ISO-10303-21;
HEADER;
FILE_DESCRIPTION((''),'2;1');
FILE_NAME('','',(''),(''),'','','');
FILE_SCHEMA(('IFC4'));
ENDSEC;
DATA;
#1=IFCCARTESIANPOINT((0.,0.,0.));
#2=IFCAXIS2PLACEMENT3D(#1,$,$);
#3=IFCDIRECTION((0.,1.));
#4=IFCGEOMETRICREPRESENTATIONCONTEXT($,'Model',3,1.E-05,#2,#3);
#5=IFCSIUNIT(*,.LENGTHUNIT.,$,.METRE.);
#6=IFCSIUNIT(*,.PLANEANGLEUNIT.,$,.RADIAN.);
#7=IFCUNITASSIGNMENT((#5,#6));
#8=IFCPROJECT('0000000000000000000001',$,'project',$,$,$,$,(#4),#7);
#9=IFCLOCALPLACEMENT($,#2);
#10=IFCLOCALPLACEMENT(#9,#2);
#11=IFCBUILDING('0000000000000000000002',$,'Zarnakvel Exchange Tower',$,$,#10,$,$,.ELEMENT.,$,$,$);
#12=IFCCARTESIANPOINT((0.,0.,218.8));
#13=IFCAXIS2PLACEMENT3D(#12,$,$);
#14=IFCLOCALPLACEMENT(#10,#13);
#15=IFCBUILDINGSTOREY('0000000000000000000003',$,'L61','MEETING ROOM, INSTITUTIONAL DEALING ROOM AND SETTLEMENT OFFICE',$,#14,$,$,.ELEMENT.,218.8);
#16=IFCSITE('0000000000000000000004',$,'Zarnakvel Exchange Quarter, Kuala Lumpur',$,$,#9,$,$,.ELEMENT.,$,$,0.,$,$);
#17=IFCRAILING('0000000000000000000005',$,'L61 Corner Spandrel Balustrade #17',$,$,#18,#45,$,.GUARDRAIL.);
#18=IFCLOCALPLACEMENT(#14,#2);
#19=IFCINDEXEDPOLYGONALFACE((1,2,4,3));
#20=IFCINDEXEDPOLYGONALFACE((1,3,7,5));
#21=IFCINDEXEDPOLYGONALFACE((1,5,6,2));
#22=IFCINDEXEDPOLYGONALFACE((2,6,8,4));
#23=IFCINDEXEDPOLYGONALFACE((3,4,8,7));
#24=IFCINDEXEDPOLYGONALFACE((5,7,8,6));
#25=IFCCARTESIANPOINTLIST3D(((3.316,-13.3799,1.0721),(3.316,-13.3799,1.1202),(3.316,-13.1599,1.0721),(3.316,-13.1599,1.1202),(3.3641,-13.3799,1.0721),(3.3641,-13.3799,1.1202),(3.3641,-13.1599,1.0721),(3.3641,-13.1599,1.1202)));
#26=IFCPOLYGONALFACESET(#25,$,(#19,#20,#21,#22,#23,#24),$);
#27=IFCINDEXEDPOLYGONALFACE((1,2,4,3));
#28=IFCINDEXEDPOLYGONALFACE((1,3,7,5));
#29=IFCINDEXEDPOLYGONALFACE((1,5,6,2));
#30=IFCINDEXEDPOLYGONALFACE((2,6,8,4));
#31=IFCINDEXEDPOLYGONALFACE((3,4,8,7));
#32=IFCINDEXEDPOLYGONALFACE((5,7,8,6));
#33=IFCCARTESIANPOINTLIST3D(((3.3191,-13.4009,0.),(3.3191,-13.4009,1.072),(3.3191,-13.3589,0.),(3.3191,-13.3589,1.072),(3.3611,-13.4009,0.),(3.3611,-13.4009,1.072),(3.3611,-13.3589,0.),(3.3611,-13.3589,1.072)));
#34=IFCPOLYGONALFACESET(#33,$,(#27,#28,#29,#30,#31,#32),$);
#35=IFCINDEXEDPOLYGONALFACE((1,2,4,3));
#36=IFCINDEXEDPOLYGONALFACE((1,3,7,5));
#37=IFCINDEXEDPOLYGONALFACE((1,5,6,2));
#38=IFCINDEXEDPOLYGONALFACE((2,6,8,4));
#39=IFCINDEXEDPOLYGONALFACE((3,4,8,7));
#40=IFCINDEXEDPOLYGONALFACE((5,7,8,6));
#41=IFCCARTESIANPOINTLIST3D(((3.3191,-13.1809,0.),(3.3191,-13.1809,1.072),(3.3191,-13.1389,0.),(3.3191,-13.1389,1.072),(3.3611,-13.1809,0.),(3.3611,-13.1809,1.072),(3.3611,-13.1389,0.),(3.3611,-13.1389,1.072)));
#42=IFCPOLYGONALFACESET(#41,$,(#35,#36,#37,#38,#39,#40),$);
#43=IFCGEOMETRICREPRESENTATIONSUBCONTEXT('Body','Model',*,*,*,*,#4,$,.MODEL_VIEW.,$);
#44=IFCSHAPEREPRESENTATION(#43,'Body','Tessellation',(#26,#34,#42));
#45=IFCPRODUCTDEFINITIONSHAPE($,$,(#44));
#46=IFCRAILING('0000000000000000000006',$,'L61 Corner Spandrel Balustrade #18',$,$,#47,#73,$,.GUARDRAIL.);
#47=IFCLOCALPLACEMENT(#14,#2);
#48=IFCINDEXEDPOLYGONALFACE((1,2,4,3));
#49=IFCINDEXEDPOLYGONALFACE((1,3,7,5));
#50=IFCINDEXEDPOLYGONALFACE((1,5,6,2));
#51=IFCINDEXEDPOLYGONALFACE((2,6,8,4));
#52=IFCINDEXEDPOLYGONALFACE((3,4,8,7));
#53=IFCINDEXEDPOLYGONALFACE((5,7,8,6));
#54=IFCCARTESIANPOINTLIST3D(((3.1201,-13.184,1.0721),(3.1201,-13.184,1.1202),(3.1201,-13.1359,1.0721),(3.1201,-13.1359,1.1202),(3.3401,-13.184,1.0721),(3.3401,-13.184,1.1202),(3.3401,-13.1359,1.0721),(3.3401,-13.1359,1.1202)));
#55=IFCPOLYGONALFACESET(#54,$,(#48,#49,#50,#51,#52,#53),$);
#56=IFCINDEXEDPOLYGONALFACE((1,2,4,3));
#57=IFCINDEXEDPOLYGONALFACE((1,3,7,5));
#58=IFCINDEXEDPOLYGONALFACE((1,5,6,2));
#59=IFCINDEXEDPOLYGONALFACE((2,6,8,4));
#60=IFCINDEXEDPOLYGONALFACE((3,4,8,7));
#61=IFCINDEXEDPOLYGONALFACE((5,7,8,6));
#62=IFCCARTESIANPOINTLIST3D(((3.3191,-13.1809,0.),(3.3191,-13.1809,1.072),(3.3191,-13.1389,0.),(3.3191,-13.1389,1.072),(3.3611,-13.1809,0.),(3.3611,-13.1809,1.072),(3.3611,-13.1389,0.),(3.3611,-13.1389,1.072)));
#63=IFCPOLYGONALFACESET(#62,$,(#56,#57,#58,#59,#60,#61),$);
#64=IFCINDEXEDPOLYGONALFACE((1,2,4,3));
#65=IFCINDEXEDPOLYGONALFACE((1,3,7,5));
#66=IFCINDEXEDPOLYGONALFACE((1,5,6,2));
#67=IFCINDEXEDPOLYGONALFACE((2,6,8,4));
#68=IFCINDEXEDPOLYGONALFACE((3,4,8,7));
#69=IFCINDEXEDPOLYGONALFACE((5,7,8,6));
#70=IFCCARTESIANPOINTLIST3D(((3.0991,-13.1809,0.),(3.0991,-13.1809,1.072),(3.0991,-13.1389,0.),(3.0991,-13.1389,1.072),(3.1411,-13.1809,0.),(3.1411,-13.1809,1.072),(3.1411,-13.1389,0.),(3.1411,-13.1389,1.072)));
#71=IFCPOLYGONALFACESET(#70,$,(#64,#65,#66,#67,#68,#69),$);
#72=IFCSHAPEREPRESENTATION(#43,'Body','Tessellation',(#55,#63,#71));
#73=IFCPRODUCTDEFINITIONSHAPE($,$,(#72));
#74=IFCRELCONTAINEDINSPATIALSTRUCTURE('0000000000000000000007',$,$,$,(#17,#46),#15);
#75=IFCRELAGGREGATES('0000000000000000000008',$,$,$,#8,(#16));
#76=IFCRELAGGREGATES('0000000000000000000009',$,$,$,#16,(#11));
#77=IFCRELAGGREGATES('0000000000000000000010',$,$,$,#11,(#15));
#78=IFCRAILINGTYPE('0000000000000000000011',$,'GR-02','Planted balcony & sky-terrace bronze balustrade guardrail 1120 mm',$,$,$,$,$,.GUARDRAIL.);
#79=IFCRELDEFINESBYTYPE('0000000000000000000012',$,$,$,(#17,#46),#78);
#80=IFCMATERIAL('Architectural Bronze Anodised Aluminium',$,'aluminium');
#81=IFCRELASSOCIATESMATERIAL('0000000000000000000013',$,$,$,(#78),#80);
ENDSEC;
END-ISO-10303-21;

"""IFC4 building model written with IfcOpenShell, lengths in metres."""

from ifc_helpers import new_model, si_unit, direction, frame, origin, origin_2d, place, context, subcontext, project, spatial, rectangle, extrude, material, type_object, element, save


model = new_model("IFC4")

# Units and contexts
model_context = context("Model", 3, precision=1e-05, world=origin(), true_north=direction((0.0, 1.0)))
body_context = subcontext(model_context, "Body", "Model", "MODEL_VIEW")
ifc_project = project(units=[si_unit("LENGTHUNIT", "METRE"), si_unit("PLANEANGLEUNIT", "RADIAN")], contexts=[model_context])

# Site, building, storey
site_placement = place(None, origin())
site = spatial("IfcSite", under=ifc_project, at=site_placement, Name="Zarnakvel Exchange Quarter, Kuala Lumpur", CompositionType="ELEMENT", RefElevation=0.0)
building_placement = place(site_placement, origin())
building = spatial("IfcBuilding", under=site, at=building_placement, Name="Zarnakvel Exchange Tower", CompositionType="ELEMENT")
storey_placement = place(building_placement, frame((0.0, 0.0, 218.8)))
storey = spatial("IfcBuildingStorey", under=building, at=storey_placement, Name="L61", Description="MEETING ROOM, INSTITUTIONAL DEALING ROOM AND SETTLEMENT OFFICE", CompositionType="ELEMENT", Elevation=218.8)

# Shared definitions
ifc_material_1 = material(Name="Architectural Bronze Anodised Aluminium", Category="aluminium")

# Railings
railing_type = type_object("IfcRailingType", Name="GR-02", Description="Planted balcony & sky-terrace bronze balustrade guardrail 1120 mm", PredefinedType="GUARDRAIL", material=ifc_material_1)
railing_1_placement = place(storey_placement, frame((3.3401, -13.3799, 0.0)))
element("IfcRailing", 1, at=railing_1_placement, inside=storey, type_object=railing_type, Name="L61 Corner Spandrel Balustrade #17", PredefinedType="GUARDRAIL", context=body_context, shape_type="SweptSolid", body=[
    extrude(rectangle(XDim=0.0481, YDim=0.0481, at=origin_2d()), frame((0.0, 0.0, 1.0962), z_axis=(0.0, 1.0, 0.0), x_axis=(-1.0, 0.0, 0.0)), (0.0, 0.0, 1.0), 0.22),
    extrude(rectangle(XDim=0.042, YDim=0.042, at=origin_2d()), origin(), (0.0, 0.0, 1.0), 1.072),
    extrude(rectangle(XDim=0.042, YDim=0.042, at=origin_2d()), frame((0.0, 0.22, 0.0)), (0.0, 0.0, 1.0), 1.072),
])
railing_2_placement = place(storey_placement, frame((3.3401, -13.1599, 0.0)))
element("IfcRailing", 2, at=railing_2_placement, inside=storey, type_object=railing_type, Name="L61 Corner Spandrel Balustrade #18", PredefinedType="GUARDRAIL", context=body_context, shape_type="SweptSolid", body=[
    extrude(rectangle(XDim=0.0481, YDim=0.0481, at=origin_2d()), frame((0.0, 0.0, 1.0962), z_axis=(-1.0, 0.0, 0.0), x_axis=(0.0, -1.0, 0.0)), (0.0, 0.0, 1.0), 0.22),
    extrude(rectangle(XDim=0.042, YDim=0.042, at=origin_2d()), origin(), (0.0, 0.0, 1.0), 1.072),
    extrude(rectangle(XDim=0.042, YDim=0.042, at=origin_2d()), frame((-0.22, 0.0, 0.0)), (0.0, 0.0, 1.0), 1.072),
])

save(model, "model.ifc")
